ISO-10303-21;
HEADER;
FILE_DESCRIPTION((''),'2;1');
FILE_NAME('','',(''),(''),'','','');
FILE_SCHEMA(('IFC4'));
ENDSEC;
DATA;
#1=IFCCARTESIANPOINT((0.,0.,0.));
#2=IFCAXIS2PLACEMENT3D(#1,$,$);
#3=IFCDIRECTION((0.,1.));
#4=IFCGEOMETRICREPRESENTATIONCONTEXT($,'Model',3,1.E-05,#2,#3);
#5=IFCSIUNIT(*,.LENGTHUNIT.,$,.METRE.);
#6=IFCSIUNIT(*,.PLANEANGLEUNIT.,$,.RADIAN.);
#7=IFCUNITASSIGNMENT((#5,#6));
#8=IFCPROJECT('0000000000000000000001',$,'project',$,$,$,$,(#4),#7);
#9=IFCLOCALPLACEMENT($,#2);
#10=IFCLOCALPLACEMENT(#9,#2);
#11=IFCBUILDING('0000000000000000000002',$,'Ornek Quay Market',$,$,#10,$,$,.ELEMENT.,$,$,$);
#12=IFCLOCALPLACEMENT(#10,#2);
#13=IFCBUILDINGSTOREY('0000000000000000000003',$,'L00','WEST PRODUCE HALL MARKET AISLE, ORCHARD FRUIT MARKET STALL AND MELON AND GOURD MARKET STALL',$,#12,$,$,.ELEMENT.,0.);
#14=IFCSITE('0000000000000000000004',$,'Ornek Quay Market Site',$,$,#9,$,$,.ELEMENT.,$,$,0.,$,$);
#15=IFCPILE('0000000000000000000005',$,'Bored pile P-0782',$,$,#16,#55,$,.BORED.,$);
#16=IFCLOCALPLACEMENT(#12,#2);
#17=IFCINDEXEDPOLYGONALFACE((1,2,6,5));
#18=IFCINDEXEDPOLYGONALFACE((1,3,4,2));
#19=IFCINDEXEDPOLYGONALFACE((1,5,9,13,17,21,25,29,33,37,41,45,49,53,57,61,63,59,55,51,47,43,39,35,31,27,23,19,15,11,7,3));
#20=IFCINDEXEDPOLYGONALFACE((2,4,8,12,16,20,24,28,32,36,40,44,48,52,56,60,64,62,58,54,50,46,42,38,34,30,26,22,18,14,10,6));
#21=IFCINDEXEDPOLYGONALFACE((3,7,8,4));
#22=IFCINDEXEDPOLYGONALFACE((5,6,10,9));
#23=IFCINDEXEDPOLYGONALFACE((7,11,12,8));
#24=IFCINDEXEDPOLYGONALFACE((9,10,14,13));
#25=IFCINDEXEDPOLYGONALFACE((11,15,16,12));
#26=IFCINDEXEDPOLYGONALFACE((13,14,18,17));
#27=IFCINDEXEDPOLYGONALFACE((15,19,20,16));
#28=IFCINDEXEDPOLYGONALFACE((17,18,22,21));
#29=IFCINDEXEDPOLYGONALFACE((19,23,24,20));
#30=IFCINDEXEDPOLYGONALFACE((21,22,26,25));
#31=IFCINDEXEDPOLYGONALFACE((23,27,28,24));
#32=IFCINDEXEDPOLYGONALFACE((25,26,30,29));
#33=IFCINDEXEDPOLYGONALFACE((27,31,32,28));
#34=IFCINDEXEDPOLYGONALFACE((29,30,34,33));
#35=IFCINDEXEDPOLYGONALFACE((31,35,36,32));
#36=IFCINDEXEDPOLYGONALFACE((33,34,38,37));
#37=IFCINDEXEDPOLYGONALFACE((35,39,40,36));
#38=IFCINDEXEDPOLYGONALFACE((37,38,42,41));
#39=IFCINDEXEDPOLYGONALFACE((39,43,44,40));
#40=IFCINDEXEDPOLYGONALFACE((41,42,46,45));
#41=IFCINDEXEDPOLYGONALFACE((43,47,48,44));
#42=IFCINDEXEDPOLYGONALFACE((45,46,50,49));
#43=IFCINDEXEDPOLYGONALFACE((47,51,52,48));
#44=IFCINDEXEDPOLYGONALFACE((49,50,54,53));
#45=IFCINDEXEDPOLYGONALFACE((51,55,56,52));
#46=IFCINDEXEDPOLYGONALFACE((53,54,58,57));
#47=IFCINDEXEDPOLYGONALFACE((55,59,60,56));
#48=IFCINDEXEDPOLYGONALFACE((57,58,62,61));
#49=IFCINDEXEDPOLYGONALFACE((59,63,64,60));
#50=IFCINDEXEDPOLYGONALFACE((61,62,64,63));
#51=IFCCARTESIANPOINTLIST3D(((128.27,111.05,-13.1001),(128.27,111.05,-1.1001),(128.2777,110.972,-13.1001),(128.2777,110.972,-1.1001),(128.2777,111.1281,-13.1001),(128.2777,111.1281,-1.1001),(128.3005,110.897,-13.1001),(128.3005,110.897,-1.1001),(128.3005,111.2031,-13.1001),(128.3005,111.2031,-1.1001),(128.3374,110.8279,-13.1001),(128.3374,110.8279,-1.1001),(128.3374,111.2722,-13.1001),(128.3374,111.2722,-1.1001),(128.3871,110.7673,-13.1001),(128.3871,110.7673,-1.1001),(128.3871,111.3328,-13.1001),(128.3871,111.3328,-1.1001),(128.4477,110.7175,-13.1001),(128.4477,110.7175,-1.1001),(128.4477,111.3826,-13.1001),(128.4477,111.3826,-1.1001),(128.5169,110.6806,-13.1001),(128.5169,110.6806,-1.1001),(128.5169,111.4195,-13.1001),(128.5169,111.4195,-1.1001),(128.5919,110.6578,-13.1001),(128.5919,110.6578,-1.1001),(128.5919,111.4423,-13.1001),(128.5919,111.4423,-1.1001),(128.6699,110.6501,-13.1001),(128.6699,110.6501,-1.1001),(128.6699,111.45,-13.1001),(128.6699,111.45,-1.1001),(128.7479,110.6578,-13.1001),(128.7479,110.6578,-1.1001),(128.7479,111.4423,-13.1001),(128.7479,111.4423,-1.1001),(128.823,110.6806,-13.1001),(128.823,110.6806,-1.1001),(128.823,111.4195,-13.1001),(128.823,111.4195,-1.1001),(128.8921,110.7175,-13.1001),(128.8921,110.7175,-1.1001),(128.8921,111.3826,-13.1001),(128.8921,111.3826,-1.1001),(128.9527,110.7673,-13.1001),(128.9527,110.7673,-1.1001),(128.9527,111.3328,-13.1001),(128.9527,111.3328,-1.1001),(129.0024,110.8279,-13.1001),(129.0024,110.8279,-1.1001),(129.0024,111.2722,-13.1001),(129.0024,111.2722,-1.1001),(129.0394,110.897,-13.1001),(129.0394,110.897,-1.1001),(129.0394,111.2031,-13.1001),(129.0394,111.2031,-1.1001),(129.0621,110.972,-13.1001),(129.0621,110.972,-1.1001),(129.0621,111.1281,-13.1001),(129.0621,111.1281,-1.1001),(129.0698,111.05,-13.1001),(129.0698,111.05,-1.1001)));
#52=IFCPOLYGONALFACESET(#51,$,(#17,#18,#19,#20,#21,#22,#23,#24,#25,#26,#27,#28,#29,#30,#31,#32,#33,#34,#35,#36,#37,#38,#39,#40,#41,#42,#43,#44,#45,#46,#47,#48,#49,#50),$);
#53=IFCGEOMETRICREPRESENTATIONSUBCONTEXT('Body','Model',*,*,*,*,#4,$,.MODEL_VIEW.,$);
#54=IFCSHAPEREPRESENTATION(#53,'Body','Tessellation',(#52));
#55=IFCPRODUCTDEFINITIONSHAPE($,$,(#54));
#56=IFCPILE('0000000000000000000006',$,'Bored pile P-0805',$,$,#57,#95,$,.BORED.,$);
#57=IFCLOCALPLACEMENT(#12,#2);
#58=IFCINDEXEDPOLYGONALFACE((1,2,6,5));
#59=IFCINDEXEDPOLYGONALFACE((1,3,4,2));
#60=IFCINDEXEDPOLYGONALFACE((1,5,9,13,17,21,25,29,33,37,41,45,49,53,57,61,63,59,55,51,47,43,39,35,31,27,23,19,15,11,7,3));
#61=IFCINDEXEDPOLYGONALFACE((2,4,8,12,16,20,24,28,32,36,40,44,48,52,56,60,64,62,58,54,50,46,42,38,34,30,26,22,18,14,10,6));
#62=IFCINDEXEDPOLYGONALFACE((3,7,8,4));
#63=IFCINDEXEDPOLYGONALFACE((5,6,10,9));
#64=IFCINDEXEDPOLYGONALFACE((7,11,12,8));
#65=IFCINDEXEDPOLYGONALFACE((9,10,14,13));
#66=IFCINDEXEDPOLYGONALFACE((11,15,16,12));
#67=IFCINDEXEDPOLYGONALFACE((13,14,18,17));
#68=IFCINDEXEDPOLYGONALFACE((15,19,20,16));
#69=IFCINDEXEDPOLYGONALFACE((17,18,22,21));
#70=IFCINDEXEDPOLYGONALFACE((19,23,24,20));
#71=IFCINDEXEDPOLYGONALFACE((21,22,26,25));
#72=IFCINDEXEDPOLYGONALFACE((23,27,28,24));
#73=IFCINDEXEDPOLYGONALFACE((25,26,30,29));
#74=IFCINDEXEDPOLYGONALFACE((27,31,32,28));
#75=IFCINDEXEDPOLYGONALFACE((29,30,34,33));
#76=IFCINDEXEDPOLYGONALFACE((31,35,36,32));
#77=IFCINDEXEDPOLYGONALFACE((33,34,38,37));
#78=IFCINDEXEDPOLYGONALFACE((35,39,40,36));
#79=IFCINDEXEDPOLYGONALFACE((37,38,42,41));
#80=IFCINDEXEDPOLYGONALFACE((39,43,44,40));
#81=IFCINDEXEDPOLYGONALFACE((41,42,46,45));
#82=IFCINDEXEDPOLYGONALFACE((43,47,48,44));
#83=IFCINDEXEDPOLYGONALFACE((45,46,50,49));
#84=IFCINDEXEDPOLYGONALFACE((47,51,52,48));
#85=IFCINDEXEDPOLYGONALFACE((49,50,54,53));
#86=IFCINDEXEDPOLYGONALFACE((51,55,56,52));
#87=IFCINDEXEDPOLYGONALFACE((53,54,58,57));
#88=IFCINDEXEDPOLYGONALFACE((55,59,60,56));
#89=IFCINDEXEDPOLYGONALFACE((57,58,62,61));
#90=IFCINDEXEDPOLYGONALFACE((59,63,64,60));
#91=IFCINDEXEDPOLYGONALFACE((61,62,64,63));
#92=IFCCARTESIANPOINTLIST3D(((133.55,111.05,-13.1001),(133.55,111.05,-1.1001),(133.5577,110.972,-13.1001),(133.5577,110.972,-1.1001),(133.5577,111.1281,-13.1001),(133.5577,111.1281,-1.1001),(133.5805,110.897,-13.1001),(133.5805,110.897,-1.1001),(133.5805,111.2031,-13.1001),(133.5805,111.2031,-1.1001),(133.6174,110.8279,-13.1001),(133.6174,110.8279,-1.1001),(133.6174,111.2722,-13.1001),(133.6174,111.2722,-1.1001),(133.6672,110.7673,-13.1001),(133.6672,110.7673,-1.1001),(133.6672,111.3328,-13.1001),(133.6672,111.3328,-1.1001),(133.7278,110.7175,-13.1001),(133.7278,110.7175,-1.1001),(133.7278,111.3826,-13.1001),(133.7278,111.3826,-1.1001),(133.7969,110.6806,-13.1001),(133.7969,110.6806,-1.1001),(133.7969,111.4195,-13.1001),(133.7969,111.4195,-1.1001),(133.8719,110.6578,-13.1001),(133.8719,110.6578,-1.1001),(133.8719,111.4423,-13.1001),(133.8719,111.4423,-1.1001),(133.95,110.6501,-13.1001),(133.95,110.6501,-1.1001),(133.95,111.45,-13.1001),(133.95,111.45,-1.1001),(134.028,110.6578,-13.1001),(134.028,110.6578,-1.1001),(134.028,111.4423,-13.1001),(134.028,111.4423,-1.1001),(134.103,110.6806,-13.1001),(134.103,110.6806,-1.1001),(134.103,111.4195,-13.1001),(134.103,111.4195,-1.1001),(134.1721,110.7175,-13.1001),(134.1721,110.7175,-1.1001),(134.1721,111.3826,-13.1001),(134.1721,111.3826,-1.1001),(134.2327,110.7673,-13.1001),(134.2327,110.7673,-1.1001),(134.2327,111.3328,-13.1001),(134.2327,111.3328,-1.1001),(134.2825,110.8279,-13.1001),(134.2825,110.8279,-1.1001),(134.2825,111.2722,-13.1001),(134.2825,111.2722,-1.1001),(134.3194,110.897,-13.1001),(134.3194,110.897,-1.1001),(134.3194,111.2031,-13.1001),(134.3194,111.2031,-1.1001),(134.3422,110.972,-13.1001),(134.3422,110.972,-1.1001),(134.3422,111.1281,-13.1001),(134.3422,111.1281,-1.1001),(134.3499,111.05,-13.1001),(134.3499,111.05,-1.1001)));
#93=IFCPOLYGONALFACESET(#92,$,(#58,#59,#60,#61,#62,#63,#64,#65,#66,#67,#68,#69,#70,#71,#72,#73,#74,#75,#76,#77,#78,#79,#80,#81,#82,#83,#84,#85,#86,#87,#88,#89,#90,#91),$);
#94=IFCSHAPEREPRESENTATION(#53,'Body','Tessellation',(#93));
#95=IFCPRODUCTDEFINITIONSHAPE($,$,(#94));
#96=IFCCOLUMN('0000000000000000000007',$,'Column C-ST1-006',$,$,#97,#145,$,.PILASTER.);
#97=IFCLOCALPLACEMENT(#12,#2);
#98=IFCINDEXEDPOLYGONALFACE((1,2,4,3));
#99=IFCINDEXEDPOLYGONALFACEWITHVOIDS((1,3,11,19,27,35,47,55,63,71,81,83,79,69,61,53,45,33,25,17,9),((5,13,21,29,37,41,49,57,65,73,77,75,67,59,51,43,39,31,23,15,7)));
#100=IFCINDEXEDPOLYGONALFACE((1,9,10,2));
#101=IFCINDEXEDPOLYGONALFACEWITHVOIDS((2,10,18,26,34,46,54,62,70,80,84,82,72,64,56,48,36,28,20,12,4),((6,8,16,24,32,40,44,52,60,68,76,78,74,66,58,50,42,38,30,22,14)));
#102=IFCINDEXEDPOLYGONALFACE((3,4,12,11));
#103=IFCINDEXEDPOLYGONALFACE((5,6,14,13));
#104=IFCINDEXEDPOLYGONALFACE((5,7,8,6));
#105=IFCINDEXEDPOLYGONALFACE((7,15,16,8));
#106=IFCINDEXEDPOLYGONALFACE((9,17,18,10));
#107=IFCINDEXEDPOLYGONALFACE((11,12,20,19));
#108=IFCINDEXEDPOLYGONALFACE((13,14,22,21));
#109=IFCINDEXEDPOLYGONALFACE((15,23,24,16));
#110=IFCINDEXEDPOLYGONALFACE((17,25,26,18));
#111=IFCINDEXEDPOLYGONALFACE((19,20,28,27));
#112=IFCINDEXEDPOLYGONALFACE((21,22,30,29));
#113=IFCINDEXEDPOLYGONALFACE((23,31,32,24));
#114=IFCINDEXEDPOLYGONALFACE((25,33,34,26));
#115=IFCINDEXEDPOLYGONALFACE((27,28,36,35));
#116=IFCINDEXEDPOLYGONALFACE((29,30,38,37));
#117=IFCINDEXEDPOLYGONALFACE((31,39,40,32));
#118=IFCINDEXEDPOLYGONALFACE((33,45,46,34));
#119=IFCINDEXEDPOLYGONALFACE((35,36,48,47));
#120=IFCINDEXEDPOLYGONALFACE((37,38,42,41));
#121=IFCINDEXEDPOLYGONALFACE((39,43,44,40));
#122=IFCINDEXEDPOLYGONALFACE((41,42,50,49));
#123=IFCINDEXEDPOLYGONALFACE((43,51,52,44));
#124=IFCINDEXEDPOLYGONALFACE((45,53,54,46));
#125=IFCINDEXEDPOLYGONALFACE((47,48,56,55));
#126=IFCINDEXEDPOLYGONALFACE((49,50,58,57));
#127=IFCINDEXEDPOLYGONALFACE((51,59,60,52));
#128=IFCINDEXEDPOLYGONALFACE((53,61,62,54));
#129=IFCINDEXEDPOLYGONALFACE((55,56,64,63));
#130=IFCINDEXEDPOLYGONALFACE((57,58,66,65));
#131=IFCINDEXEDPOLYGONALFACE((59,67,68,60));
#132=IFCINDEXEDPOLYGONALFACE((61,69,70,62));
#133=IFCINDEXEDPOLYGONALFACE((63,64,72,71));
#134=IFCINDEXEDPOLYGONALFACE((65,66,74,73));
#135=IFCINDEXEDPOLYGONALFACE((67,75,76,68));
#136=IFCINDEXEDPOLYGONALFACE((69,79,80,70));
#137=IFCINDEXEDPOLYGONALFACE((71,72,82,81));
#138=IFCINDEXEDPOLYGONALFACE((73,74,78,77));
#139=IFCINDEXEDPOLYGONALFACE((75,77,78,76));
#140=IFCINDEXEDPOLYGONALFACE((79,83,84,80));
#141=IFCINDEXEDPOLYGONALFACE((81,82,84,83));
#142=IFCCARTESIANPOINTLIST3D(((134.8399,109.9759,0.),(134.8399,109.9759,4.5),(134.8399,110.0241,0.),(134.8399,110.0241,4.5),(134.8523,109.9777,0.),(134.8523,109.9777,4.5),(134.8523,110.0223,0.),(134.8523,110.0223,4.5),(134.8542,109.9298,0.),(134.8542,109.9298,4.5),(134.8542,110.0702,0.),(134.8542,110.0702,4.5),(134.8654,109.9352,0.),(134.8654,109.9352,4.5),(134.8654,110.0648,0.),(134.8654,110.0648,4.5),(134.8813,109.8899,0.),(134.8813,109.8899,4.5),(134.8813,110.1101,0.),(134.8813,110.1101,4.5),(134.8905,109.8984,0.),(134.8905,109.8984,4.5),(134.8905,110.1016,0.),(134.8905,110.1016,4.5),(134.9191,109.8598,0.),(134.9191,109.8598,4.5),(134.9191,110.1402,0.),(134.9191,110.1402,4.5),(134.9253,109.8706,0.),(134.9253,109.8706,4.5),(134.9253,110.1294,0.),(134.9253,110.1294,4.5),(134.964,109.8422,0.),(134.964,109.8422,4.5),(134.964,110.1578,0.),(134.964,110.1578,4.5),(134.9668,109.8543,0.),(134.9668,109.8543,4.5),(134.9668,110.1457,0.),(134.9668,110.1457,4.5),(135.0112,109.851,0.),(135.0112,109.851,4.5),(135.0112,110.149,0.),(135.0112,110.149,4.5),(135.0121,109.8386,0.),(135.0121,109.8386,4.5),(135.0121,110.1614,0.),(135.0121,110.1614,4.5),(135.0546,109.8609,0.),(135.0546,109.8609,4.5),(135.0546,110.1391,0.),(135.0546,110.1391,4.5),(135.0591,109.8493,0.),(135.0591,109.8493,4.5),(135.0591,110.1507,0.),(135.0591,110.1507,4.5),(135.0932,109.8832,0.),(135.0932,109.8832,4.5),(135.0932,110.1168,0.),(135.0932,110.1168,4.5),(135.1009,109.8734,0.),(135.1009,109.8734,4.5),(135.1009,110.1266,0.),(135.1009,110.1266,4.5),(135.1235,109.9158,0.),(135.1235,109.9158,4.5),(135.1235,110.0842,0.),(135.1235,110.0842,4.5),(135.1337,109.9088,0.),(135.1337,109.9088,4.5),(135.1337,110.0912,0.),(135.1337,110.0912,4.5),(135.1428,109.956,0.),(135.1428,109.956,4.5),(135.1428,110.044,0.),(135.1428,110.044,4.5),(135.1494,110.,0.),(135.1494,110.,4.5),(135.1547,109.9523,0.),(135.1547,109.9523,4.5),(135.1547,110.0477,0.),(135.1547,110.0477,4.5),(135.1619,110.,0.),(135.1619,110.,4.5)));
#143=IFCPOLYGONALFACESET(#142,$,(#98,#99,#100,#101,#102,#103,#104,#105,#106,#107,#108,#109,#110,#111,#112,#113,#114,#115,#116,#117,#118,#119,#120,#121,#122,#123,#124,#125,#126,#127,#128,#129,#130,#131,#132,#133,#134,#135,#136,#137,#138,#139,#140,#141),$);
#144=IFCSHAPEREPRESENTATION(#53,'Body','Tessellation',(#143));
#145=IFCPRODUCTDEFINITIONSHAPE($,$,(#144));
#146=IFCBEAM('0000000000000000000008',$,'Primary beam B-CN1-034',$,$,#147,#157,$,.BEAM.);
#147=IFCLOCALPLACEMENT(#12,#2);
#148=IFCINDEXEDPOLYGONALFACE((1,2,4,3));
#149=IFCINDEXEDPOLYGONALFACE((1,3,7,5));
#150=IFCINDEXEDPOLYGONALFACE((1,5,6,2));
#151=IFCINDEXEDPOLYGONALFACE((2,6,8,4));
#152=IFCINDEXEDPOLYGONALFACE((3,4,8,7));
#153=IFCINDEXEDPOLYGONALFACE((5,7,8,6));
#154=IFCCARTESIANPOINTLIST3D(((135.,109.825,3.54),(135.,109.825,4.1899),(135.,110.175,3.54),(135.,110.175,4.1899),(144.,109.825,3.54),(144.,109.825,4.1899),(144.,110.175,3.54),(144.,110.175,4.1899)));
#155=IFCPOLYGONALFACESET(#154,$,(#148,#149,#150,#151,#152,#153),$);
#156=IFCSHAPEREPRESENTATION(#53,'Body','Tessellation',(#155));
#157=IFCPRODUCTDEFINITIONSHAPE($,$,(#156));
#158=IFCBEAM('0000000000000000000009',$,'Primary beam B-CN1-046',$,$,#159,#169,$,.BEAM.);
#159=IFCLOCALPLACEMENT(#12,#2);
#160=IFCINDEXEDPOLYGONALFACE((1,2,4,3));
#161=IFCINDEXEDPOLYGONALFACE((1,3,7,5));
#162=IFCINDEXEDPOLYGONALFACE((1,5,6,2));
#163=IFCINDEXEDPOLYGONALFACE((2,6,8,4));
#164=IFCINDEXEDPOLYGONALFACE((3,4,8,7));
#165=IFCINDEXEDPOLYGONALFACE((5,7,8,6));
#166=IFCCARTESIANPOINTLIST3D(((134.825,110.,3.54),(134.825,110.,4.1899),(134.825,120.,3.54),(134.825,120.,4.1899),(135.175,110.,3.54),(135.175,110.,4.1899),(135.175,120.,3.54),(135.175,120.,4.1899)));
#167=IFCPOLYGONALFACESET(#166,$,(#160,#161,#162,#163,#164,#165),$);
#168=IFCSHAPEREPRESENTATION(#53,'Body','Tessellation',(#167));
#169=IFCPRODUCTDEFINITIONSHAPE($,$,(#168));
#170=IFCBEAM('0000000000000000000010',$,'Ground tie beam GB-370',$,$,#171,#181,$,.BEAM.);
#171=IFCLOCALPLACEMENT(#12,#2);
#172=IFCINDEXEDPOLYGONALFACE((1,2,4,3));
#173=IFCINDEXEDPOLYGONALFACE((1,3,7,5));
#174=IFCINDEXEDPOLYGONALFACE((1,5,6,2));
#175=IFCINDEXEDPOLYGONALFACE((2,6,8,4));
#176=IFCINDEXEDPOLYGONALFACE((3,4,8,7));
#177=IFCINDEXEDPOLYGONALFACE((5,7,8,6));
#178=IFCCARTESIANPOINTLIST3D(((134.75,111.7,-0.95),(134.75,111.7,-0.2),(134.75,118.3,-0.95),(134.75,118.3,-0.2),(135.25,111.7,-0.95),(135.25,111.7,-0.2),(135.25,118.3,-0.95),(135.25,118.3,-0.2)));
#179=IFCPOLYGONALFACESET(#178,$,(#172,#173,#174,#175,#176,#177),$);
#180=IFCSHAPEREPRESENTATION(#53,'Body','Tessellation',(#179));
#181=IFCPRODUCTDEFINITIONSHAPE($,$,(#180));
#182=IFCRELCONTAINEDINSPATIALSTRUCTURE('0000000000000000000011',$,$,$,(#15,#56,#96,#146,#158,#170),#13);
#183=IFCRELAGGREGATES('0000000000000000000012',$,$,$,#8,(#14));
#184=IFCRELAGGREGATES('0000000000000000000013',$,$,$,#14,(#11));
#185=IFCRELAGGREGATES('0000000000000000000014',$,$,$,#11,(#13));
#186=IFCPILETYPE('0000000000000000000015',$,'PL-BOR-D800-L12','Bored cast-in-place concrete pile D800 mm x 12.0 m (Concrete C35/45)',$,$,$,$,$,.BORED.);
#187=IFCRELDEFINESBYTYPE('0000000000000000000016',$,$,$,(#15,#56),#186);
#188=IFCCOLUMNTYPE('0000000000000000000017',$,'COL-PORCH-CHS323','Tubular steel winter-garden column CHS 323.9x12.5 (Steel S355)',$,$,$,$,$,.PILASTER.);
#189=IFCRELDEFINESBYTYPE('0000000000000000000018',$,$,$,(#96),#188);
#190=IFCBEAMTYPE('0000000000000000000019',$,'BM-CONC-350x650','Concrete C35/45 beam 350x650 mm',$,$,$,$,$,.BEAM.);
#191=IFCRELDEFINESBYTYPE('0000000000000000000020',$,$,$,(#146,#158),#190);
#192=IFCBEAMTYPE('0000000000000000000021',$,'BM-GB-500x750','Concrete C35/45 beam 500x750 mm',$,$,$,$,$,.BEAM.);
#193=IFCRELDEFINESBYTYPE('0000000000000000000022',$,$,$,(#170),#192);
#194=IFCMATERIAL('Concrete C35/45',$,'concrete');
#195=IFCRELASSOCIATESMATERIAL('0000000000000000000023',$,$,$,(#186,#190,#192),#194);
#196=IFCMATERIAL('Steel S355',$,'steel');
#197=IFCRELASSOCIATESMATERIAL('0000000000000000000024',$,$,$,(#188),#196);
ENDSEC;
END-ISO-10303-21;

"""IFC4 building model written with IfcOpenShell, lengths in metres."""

from ifc_helpers import new_model, si_unit, direction, frame, origin, origin_2d, place, context, subcontext, project, spatial, rectangle, circle, hollow_circle, extrude, material, material_profile, profile_set, type_object, element, save


model = new_model("IFC4")

# Units and contexts
model_context = context("Model", 3, precision=1e-05, world=origin(), true_north=direction((0.0, 1.0)))
body_context = subcontext(model_context, "Body", "Model", "MODEL_VIEW")
ifc_project = project(units=[si_unit("LENGTHUNIT", "METRE"), si_unit("PLANEANGLEUNIT", "RADIAN")], contexts=[model_context])

# Site, building, storey
site_placement = place(None, origin())
site = spatial("IfcSite", under=ifc_project, at=site_placement, Name="Ornek Quay Market Site", CompositionType="ELEMENT", RefElevation=0.0)
building_placement = place(site_placement, origin())
building = spatial("IfcBuilding", under=site, at=building_placement, Name="Ornek Quay Market", CompositionType="ELEMENT")
storey_placement = place(building_placement, origin())
storey = spatial("IfcBuildingStorey", under=building, at=storey_placement, Name="L00", Description="WEST PRODUCE HALL MARKET AISLE, ORCHARD FRUIT MARKET STALL AND MELON AND GOURD MARKET STALL", CompositionType="ELEMENT", Elevation=0.0)

# Piles
ifc_material_1 = material(Name="Concrete C35/45", Category="concrete")
ifc_material_profile_1 = material_profile(ifc_material_1, circle(Radius=0.3999, at=origin_2d()), Name="PILE D800", Category="concrete")
ifc_profile_set_1 = profile_set([ifc_material_profile_1], Name="Concrete C35/45")
pile_type = type_object("IfcPileType", Name="PL-BOR-D800-L12", Description="Bored cast-in-place concrete pile D800 mm x 12.0 m (Concrete C35/45)", PredefinedType="BORED", material=ifc_profile_set_1)
for number, where, z_axis, x_axis, name in (
    (1, (128.6699, 111.05, -1.1001), (0.0, 0.0, -1.0), (1.0, 0.0, 0.0), "Bored pile P-0782"),
    (2, (133.95, 111.05, -1.1001), (0.0, 0.0, -1.0), (1.0, 0.0, 0.0), "Bored pile P-0805"),
):
    element("IfcPile", number, at=place(storey_placement, frame(where, z_axis=z_axis, x_axis=x_axis)), inside=storey, type_object=pile_type, Name=name, PredefinedType="BORED", context=body_context, shape_type="SweptSolid", body=[
        extrude(circle(Radius=0.3999, at=origin_2d()), origin(), (0.0, 0.0, 1.0), 12.0),
    ])

# Column
ifc_material_2 = material(Name="Steel S355", Category="steel")
ifc_material_profile_2 = material_profile(ifc_material_2, hollow_circle(Radius=0.1619, WallThickness=0.0125, at=origin_2d()), Name="CHS 323.9x12.5", Category="steel")
ifc_profile_set_2 = profile_set([ifc_material_profile_2], Name="Steel S355")
column_type = type_object("IfcColumnType", Name="COL-PORCH-CHS323", Description="Tubular steel winter-garden column CHS 323.9x12.5 (Steel S355)", PredefinedType="PILASTER", material=ifc_profile_set_2)
column_placement = place(storey_placement, frame((135.0, 110.0, 0.0), z_axis=(0.0, 0.0, 1.0), x_axis=(1.0, 0.0, 0.0)))
element("IfcColumn", 3, at=column_placement, inside=storey, type_object=column_type, Name="Column C-ST1-006", PredefinedType="PILASTER", context=body_context, shape_type="SweptSolid", body=[
    extrude(hollow_circle(Radius=0.1619, WallThickness=0.0125, at=origin_2d()), origin(), (0.0, 0.0, 1.0), 4.5),
])

# Beams
ifc_material_profile_3 = material_profile(ifc_material_1, rectangle(XDim=0.3501, YDim=0.6499, at=origin_2d()), Name="RC 350x650", Category="concrete")
ifc_profile_set_3 = profile_set([ifc_material_profile_3], Name="Concrete C35/45")
beam_type_1 = type_object("IfcBeamType", Name="BM-CONC-350x650", Description="Concrete C35/45 beam 350x650 mm", PredefinedType="BEAM", material=ifc_profile_set_3)
beam_1_placement = place(storey_placement, frame((135.0, 110.0, 3.865), z_axis=(1.0, 0.0, 0.0), x_axis=(0.0, 1.0, 0.0)))
element("IfcBeam", 4, at=beam_1_placement, inside=storey, type_object=beam_type_1, Name="Primary beam B-CN1-034", PredefinedType="BEAM", context=body_context, shape_type="SweptSolid", body=[
    extrude(rectangle(XDim=0.3501, YDim=0.6499, at=origin_2d()), origin(), (0.0, 0.0, 1.0), 9.0),
])
beam_2_placement = place(storey_placement, frame((135.0, 110.0, 3.865), z_axis=(0.0, 1.0, 0.0), x_axis=(-1.0, 0.0, 0.0)))
element("IfcBeam", 5, at=beam_2_placement, inside=storey, type_object=beam_type_1, Name="Primary beam B-CN1-046", PredefinedType="BEAM", context=body_context, shape_type="SweptSolid", body=[
    extrude(rectangle(XDim=0.3501, YDim=0.6499, at=origin_2d()), origin(), (0.0, 0.0, 1.0), 10.0),
])
ifc_material_profile_4 = material_profile(ifc_material_1, rectangle(XDim=0.5, YDim=0.75, at=origin_2d()), Name="RC 500x750", Category="concrete")
ifc_profile_set_4 = profile_set([ifc_material_profile_4], Name="Concrete C35/45")
beam_type_2 = type_object("IfcBeamType", Name="BM-GB-500x750", Description="Concrete C35/45 beam 500x750 mm", PredefinedType="BEAM", material=ifc_profile_set_4)
beam_3_placement = place(storey_placement, frame((135.0, 111.7, -0.575), z_axis=(0.0, 1.0, 0.0), x_axis=(-1.0, 0.0, 0.0)))
element("IfcBeam", 6, at=beam_3_placement, inside=storey, type_object=beam_type_2, Name="Ground tie beam GB-370", PredefinedType="BEAM", context=body_context, shape_type="SweptSolid", body=[
    extrude(rectangle(XDim=0.5, YDim=0.75, at=origin_2d()), origin(), (0.0, 0.0, 1.0), 6.6001),
])

save(model, "model.ifc")
